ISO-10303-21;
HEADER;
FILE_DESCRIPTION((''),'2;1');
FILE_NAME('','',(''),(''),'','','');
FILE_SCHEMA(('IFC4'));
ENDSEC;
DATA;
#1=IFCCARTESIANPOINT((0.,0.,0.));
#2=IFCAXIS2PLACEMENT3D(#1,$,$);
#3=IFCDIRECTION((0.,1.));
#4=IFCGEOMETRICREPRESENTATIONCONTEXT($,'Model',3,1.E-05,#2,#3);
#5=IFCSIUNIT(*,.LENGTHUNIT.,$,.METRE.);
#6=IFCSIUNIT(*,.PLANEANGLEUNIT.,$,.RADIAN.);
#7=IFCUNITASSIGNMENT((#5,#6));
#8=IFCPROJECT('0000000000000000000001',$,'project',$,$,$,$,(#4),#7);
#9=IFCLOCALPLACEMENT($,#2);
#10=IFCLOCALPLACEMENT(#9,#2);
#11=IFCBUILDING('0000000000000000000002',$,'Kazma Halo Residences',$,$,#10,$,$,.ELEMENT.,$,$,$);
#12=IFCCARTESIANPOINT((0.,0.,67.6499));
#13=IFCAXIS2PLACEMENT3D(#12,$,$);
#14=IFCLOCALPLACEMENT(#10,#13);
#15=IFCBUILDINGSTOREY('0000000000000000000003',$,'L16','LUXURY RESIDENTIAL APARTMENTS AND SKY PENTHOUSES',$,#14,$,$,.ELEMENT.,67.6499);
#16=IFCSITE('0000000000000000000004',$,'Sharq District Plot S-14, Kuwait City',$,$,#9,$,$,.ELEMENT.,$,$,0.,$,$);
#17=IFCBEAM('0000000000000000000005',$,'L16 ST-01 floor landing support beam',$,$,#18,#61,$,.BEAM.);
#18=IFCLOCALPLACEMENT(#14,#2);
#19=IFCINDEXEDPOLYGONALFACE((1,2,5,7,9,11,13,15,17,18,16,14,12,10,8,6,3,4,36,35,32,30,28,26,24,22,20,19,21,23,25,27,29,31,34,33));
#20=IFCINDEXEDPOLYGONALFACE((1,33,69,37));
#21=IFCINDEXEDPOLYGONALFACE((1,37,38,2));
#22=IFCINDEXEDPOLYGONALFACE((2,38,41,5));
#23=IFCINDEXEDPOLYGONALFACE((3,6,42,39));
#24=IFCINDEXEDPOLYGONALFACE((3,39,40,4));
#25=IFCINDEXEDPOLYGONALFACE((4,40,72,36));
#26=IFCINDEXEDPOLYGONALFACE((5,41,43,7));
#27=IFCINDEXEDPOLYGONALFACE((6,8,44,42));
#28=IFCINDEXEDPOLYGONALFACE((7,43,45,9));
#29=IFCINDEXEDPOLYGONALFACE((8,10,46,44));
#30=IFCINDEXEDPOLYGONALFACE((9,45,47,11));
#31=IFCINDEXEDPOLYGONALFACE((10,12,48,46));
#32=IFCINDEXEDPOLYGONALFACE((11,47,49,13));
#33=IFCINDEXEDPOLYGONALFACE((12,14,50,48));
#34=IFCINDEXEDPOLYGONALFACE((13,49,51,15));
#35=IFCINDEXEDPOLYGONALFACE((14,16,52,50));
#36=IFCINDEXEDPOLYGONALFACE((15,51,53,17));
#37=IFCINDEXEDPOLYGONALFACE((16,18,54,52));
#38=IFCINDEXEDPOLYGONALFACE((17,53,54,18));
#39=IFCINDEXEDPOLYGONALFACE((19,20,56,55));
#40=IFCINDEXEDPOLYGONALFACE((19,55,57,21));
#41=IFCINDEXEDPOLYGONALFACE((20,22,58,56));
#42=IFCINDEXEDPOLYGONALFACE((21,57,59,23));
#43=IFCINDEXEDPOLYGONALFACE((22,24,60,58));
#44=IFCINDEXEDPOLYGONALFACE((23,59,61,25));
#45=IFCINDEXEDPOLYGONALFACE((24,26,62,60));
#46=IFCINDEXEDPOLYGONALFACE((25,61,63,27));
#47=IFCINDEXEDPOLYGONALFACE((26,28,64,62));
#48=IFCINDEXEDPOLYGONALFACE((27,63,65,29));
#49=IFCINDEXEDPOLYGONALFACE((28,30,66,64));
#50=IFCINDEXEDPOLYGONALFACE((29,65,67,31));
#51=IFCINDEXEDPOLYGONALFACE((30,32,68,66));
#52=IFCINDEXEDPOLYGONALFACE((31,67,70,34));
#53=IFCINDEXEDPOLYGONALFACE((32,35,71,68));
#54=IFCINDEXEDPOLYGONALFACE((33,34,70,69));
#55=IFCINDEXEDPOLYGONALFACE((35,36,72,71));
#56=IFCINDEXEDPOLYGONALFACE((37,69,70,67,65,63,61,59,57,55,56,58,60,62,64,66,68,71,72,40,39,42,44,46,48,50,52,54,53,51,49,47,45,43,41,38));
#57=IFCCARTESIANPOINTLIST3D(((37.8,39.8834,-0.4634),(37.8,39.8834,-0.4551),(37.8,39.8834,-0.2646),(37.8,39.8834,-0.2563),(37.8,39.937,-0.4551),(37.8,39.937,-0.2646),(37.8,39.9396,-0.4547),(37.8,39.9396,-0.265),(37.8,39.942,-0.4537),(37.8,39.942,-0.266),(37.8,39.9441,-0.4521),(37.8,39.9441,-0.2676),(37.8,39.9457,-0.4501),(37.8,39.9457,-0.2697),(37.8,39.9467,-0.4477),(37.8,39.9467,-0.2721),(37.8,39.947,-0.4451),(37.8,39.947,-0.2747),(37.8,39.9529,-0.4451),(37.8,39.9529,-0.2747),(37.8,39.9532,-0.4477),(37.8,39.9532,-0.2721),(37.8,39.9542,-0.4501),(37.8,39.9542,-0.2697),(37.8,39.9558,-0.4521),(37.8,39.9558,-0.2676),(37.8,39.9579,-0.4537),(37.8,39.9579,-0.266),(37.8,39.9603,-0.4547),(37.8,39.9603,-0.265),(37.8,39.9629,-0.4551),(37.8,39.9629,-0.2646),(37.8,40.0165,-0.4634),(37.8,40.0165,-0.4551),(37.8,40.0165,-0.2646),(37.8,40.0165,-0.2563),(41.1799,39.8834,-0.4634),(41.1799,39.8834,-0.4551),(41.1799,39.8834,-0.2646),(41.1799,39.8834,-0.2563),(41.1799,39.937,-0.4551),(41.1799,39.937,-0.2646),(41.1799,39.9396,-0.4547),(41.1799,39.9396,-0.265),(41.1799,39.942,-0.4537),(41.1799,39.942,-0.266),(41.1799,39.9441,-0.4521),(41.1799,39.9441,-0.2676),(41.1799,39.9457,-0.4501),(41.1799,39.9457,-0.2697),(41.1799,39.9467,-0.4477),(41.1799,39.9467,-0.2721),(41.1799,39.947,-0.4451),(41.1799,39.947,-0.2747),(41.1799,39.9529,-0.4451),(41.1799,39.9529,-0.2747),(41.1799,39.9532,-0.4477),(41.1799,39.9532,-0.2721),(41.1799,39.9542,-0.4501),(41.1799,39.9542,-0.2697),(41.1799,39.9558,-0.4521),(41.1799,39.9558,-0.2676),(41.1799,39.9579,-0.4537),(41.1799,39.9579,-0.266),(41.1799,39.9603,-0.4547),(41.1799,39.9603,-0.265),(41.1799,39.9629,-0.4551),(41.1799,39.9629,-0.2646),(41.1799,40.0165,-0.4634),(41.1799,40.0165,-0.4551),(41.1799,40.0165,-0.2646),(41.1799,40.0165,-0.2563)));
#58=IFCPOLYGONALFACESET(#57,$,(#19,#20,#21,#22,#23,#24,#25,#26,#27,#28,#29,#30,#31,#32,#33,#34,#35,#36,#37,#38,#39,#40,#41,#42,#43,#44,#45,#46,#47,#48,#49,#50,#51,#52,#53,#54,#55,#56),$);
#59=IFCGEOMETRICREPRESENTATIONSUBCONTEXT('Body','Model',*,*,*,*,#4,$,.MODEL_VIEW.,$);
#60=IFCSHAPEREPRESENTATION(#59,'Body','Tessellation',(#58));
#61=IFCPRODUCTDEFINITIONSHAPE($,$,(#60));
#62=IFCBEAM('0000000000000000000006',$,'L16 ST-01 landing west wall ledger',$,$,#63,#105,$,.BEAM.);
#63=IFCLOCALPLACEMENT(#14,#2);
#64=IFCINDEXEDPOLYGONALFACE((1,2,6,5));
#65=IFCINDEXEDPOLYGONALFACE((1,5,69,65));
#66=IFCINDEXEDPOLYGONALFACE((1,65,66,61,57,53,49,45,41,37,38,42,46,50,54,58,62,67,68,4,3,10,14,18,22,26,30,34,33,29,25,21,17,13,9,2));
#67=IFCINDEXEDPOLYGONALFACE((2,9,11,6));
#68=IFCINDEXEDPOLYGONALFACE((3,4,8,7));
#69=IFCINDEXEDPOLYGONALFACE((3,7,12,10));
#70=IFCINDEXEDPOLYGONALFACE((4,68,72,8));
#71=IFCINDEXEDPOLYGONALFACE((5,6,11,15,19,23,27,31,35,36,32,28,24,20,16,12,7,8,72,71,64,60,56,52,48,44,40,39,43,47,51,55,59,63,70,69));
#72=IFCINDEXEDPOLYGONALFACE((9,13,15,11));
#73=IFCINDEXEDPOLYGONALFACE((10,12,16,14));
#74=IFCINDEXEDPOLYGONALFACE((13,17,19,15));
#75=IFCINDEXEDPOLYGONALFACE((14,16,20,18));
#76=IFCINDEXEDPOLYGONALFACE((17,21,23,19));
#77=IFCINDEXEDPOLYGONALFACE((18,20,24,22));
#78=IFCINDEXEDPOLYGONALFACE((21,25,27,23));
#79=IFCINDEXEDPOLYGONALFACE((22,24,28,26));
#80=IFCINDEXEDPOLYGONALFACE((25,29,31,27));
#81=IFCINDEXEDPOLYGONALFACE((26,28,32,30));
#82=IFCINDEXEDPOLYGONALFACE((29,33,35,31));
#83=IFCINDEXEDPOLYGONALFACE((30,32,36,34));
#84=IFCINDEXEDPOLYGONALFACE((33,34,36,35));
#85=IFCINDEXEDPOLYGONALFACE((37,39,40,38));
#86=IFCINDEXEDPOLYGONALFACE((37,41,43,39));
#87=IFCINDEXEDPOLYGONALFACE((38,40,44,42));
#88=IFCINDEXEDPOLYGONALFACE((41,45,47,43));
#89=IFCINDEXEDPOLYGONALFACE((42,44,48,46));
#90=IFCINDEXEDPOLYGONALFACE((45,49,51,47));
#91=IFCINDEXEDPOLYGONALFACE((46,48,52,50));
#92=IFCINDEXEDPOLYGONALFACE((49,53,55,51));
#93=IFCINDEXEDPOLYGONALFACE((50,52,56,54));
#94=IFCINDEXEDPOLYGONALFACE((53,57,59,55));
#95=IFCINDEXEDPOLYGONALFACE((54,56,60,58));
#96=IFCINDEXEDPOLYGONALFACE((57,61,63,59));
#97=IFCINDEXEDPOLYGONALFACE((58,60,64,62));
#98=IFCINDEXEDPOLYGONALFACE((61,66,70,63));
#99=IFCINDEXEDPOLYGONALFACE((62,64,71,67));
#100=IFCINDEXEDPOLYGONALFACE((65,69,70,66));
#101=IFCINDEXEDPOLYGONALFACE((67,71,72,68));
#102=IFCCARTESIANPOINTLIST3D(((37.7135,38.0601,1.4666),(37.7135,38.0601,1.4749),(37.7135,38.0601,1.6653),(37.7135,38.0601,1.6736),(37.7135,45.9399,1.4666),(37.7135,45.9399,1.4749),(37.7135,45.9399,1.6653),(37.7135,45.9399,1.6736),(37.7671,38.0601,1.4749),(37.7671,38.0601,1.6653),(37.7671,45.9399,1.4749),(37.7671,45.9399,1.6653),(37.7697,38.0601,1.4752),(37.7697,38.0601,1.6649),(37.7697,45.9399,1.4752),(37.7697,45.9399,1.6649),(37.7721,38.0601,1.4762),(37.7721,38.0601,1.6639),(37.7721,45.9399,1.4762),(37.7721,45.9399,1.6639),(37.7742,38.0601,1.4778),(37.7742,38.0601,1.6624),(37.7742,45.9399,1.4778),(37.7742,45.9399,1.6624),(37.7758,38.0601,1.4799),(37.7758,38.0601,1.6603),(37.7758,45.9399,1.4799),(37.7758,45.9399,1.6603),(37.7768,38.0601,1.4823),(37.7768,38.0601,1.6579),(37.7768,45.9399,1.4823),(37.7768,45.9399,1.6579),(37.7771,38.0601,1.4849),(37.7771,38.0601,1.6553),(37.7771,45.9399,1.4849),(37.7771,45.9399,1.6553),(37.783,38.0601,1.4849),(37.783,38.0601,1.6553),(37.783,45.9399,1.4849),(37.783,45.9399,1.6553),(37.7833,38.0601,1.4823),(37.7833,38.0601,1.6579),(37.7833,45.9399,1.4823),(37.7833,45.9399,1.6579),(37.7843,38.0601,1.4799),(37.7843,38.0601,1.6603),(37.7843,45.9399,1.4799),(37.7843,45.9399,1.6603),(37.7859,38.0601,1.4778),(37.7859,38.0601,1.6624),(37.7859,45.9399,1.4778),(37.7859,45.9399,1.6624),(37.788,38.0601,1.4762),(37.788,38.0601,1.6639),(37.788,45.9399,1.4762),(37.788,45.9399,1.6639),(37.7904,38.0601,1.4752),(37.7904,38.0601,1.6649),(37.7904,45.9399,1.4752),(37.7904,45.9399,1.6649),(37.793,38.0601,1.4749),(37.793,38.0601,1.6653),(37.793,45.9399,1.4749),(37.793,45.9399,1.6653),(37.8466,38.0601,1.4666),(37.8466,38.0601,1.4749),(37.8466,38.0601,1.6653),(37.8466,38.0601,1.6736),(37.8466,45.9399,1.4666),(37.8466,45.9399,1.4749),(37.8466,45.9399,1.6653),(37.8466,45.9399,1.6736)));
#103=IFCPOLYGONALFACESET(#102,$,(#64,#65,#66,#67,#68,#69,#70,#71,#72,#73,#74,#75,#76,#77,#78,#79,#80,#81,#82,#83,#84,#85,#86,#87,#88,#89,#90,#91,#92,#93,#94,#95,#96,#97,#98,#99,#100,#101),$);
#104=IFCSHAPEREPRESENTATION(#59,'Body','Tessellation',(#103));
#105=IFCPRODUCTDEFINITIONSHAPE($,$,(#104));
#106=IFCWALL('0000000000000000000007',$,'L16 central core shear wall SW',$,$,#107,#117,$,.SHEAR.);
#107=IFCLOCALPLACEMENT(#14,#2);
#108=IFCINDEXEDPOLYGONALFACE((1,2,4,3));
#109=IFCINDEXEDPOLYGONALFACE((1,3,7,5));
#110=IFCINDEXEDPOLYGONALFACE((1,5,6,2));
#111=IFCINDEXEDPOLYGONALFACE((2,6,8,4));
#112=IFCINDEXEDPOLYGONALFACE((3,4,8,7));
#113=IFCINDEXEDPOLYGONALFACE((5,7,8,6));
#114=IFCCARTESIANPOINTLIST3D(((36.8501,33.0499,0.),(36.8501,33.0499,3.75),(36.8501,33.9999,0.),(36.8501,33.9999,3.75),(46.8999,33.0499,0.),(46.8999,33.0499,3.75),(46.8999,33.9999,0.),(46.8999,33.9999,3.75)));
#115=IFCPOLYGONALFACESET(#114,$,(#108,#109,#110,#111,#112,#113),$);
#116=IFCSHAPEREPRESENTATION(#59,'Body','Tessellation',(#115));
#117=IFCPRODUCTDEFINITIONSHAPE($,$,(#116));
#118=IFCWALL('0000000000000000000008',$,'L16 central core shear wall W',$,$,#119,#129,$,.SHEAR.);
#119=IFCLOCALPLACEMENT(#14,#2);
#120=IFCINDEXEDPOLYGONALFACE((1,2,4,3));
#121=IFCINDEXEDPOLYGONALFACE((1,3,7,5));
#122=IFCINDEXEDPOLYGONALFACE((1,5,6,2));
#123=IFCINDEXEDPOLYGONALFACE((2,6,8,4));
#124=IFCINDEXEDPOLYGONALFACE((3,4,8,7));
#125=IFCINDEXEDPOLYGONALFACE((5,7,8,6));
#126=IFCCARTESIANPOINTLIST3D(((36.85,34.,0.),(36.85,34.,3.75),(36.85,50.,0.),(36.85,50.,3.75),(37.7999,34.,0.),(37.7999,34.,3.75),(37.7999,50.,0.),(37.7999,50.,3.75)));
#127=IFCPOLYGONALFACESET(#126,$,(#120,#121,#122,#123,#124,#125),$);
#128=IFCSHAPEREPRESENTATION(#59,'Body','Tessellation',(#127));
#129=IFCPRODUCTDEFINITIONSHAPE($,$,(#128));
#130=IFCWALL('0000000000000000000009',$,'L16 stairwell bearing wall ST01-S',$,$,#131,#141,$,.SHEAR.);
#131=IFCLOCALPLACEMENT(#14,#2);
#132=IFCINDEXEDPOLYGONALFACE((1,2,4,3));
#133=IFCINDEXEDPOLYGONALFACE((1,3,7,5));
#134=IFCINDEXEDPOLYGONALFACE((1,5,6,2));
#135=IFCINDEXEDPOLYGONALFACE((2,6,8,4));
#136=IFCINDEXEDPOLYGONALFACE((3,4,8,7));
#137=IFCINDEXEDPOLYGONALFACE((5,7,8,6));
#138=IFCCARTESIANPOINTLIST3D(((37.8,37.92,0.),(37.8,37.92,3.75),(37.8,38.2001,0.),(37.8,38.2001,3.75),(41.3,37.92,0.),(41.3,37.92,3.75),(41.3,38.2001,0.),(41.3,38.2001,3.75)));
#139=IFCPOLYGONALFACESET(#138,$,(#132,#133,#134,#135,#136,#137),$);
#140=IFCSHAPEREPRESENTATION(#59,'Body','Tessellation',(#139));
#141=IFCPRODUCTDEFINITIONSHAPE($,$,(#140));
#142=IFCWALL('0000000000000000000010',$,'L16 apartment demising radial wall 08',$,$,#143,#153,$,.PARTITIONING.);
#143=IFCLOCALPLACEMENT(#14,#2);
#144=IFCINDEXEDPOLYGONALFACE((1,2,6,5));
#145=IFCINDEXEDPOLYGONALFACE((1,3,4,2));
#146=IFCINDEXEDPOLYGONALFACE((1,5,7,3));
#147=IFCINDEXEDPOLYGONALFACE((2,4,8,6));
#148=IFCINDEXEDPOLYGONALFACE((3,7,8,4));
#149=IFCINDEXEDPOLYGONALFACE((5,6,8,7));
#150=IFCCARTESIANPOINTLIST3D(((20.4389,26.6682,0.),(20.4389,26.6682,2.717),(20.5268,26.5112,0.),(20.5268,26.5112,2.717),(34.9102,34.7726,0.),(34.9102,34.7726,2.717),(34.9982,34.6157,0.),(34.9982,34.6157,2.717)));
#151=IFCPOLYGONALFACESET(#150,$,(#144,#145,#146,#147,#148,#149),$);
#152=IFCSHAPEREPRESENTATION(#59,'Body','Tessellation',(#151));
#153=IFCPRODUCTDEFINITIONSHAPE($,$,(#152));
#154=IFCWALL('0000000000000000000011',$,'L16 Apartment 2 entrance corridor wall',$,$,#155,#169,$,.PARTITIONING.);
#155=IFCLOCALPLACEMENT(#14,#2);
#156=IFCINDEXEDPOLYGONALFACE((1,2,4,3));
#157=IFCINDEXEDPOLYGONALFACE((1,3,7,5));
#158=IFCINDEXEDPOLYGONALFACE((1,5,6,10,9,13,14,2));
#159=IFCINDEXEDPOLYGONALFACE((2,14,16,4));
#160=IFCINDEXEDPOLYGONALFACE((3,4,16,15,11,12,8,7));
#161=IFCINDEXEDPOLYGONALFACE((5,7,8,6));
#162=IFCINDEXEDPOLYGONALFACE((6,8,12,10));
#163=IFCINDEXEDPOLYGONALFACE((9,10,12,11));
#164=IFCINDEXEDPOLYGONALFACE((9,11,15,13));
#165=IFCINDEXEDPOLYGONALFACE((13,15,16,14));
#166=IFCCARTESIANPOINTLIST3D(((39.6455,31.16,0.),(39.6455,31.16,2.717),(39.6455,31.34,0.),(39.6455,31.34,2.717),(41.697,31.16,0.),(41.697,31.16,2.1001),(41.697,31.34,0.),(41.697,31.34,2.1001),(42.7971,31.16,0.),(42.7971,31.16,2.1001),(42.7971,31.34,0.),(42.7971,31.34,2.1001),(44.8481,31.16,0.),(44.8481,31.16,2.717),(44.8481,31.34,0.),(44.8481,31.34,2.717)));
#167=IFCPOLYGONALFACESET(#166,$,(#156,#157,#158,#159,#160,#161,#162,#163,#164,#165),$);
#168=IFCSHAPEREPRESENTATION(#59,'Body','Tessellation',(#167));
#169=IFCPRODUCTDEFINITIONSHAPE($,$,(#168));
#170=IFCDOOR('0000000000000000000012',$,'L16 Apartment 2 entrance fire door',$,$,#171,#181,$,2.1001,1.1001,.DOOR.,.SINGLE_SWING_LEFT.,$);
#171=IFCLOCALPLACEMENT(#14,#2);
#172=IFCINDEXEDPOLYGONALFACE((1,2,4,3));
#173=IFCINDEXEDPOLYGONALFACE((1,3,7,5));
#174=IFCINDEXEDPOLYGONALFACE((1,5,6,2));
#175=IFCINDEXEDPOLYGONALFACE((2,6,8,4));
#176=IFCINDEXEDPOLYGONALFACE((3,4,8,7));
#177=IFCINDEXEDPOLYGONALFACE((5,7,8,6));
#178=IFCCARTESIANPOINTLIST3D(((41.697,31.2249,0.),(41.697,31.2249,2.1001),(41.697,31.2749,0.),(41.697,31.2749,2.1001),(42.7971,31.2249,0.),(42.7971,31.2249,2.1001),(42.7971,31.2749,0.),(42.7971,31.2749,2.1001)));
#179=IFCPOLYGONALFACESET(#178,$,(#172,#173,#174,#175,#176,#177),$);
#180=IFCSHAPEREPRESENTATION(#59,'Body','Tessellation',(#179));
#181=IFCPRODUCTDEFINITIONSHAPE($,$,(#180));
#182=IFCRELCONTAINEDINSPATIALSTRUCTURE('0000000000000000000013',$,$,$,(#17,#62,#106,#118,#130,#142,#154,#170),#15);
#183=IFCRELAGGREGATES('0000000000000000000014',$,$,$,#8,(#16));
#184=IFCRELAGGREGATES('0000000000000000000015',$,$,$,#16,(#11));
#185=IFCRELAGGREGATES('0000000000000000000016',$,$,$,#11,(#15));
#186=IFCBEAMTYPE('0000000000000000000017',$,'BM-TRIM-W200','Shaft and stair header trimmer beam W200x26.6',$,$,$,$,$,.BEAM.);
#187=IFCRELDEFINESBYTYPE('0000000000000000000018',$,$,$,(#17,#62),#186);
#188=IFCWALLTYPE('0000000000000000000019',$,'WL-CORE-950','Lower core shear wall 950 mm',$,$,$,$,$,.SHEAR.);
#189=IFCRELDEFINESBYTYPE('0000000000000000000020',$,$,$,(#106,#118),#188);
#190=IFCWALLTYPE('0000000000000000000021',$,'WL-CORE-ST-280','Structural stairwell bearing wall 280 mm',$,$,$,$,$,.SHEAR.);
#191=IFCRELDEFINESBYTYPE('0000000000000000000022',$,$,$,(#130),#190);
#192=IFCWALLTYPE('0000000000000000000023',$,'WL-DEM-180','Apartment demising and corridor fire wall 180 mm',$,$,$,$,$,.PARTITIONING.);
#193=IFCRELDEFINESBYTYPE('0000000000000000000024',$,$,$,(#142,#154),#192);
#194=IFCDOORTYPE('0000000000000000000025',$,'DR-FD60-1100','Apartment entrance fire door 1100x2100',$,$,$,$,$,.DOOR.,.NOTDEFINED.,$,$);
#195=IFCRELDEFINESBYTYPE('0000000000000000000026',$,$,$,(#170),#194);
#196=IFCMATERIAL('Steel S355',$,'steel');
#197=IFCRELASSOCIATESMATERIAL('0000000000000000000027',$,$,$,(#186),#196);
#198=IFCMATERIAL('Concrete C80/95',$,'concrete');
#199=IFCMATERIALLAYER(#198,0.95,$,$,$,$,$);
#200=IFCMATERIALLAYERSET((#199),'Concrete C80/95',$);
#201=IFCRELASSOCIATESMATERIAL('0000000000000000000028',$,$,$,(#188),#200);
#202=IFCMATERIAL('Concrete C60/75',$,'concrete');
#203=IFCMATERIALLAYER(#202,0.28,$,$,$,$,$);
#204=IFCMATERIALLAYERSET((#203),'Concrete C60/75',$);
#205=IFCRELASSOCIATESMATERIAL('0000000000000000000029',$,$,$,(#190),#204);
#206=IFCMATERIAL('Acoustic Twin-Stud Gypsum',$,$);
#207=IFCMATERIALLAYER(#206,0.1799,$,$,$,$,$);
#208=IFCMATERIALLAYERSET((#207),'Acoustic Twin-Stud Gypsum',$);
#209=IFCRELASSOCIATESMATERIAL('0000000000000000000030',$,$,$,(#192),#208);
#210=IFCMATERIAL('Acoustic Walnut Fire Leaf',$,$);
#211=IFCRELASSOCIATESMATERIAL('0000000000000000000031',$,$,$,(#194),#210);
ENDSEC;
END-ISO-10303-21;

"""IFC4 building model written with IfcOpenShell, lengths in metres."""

from ifc_helpers import new_model, si_unit, direction, frame, frame_2d, origin, origin_2d, place, context, subcontext, project, spatial, rectangle, i_section, extrude, material, layer, layer_set, material_profile, profile_set, type_object, element, fill, save


model = new_model("IFC4")

# Units and contexts
model_context = context("Model", 3, precision=1e-05, world=origin(), true_north=direction((0.0, 1.0)))
body_context = subcontext(model_context, "Body", "Model", "MODEL_VIEW")
ifc_project = project(units=[si_unit("LENGTHUNIT", "METRE"), si_unit("PLANEANGLEUNIT", "RADIAN")], contexts=[model_context])

# Site, building, storey
site_placement = place(None, origin())
site = spatial("IfcSite", under=ifc_project, at=site_placement, Name="Sharq District Plot S-14, Kuwait City", CompositionType="ELEMENT", RefElevation=0.0)
building_placement = place(site_placement, origin())
building = spatial("IfcBuilding", under=site, at=building_placement, Name="Kazma Halo Residences", CompositionType="ELEMENT")
storey_placement = place(building_placement, frame((0.0, 0.0, 67.6499)))
storey = spatial("IfcBuildingStorey", under=building, at=storey_placement, Name="L16", Description="LUXURY RESIDENTIAL APARTMENTS AND SKY PENTHOUSES", CompositionType="ELEMENT", Elevation=67.6499)

# Beams
ifc_material_1 = material(Name="Steel S355", Category="steel")
ifc_material_profile_1 = material_profile(ifc_material_1, i_section(OverallWidth=0.1331, OverallDepth=0.207, WebThickness=0.0059, FlangeThickness=0.0083, FilletRadius=0.01, at=origin_2d()), Name="W200x26.6")
ifc_profile_set_1 = profile_set([ifc_material_profile_1], Name="Steel S355")
beam_type_1 = type_object("IfcBeamType", Name="BM-TRIM-W200", Description="Shaft and stair header trimmer beam W200x26.6", PredefinedType="BEAM", material=ifc_profile_set_1)
beam_1_placement = place(storey_placement, frame((37.8, 39.95, -0.3599), z_axis=(1.0, 0.0, 0.0), x_axis=(0.0, 1.0, 0.0)))
element("IfcBeam", 1, at=beam_1_placement, inside=storey, type_object=beam_type_1, Name="L16 ST-01 floor landing support beam", PredefinedType="BEAM", context=body_context, shape_type="SweptSolid", body=[
    extrude(i_section(OverallWidth=0.1331, OverallDepth=0.207, WebThickness=0.0059, FlangeThickness=0.0083, FilletRadius=0.01, at=origin_2d()), origin(), (0.0, 0.0, 1.0), 3.3799),
])
beam_2_placement = place(storey_placement, frame((37.78, 38.0601, 1.5701), z_axis=(0.0, 1.0, 0.0), x_axis=(-1.0, 0.0, 0.0)))
element("IfcBeam", 2, at=beam_2_placement, inside=storey, type_object=beam_type_1, Name="L16 ST-01 landing west wall ledger", PredefinedType="BEAM", context=body_context, shape_type="SweptSolid", body=[
    extrude(i_section(OverallWidth=0.1331, OverallDepth=0.207, WebThickness=0.0059, FlangeThickness=0.0083, FilletRadius=0.01, at=origin_2d()), origin(), (0.0, 0.0, 1.0), 7.8799),
])

# Walls
ifc_material_2 = material(Name="Concrete C80/95", Category="concrete")
ifc_layer_1 = layer(ifc_material_2, 0.95)
ifc_layer_set_1 = layer_set([ifc_layer_1], Name="Concrete C80/95")
wall_type_1 = type_object("IfcWallType", Name="WL-CORE-950", Description="Lower core shear wall 950 mm", PredefinedType="SHEAR", material=ifc_layer_set_1)
wall_1_placement = place(storey_placement, frame((36.8501, 33.5249, 0.0), z_axis=(0.0, 0.0, 1.0), x_axis=(1.0, 0.0, 0.0)))
element("IfcWall", 3, at=wall_1_placement, inside=storey, type_object=wall_type_1, Name="L16 central core shear wall SW", PredefinedType="SHEAR", context=body_context, shape_type="SweptSolid", body=[
    extrude(rectangle(XDim=10.0498, YDim=0.95, at=frame_2d((5.0249, 0.0))), origin(), (0.0, 0.0, 1.0), 3.75),
])
wall_2_placement = place(storey_placement, frame((37.325, 34.0, 0.0), z_axis=(0.0, 0.0, 1.0), x_axis=(0.0, 1.0, 0.0)))
element("IfcWall", 4, at=wall_2_placement, inside=storey, type_object=wall_type_1, Name="L16 central core shear wall W", PredefinedType="SHEAR", context=body_context, shape_type="SweptSolid", body=[
    extrude(rectangle(XDim=16.0, YDim=0.95, at=frame_2d((8.0, 0.0))), origin(), (0.0, 0.0, 1.0), 3.75),
])
ifc_material_3 = material(Name="Concrete C60/75", Category="concrete")
ifc_layer_2 = layer(ifc_material_3, 0.28)
ifc_layer_set_2 = layer_set([ifc_layer_2], Name="Concrete C60/75")
wall_type_2 = type_object("IfcWallType", Name="WL-CORE-ST-280", Description="Structural stairwell bearing wall 280 mm", PredefinedType="SHEAR", material=ifc_layer_set_2)
wall_3_placement = place(storey_placement, frame((37.8, 38.0601, 0.0), z_axis=(0.0, 0.0, 1.0), x_axis=(1.0, 0.0, 0.0)))
element("IfcWall", 5, at=wall_3_placement, inside=storey, type_object=wall_type_2, Name="L16 stairwell bearing wall ST01-S", PredefinedType="SHEAR", context=body_context, shape_type="SweptSolid", body=[
    extrude(rectangle(XDim=3.5, YDim=0.28, at=frame_2d((1.75, 0.0))), origin(), (0.0, 0.0, 1.0), 3.75),
])
ifc_material_4 = material(Name="Acoustic Twin-Stud Gypsum")
ifc_layer_3 = layer(ifc_material_4, 0.1799)
ifc_layer_set_3 = layer_set([ifc_layer_3], Name="Acoustic Twin-Stud Gypsum")
wall_type_3 = type_object("IfcWallType", Name="WL-DEM-180", Description="Apartment demising and corridor fire wall 180 mm", PredefinedType="PARTITIONING", material=ifc_layer_set_3)
wall_4_placement = place(storey_placement, frame((34.9541, 34.6941, 0.0), z_axis=(0.0, 0.0, 1.0), x_axis=(-0.872493, -0.488626, 0.0)))
element("IfcWall", 6, at=wall_4_placement, inside=storey, type_object=wall_type_3, Name="L16 apartment demising radial wall 08", PredefinedType="PARTITIONING", context=body_context, shape_type="SweptSolid", body=[
    extrude(rectangle(XDim=16.5862, YDim=0.1799, at=frame_2d((8.293, 0.0))), origin(), (0.0, 0.0, 1.0), 2.717),
])

# Wall, opening, door
wall_5_placement = place(storey_placement, frame((39.6455, 31.25, 0.0), z_axis=(0.0, 0.0, 1.0), x_axis=(1.0, 0.0, 0.0)))
wall_5 = element("IfcWall", 7, at=wall_5_placement, inside=storey, type_object=wall_type_3, Name="L16 Apartment 2 entrance corridor wall", PredefinedType="PARTITIONING", context=body_context, shape_type="SweptSolid", body=[
    extrude(rectangle(XDim=5.2026, YDim=0.1799, at=frame_2d((2.6013, 0.0))), origin(), (0.0, 0.0, 1.0), 2.717),
])
opening_1_placement = place(wall_5_placement, frame((2.0515, 0.0, 0.0)))
opening_1 = element("IfcOpeningElement", 8, at=opening_1_placement, cuts=wall_5, PredefinedType="OPENING", context=body_context, shape_type="SweptSolid", body=[
    extrude(rectangle(XDim=1.1001, YDim=2.1001, at=frame_2d((0.55, 1.05))), frame((0.0, 0.0999, 0.0), z_axis=(0.0, -1.0, 0.0), x_axis=(1.0, 0.0, 0.0)), (0.0, 0.0, 1.0), 0.2),
])
ifc_material_5 = material(Name="Acoustic Walnut Fire Leaf")
door_type_1 = type_object("IfcDoorType", Name="DR-FD60-1100", Description="Apartment entrance fire door 1100x2100", OperationType="NOTDEFINED", PredefinedType="DOOR", material=ifc_material_5)
door_1_placement = place(opening_1_placement, origin())
door_1 = element("IfcDoor", 9, at=door_1_placement, inside=storey, type_object=door_type_1, Name="L16 Apartment 2 entrance fire door", OperationType="SINGLE_SWING_LEFT", OverallHeight=2.1001, OverallWidth=1.1001, PredefinedType="DOOR", context=body_context, shape_type="SweptSolid", body=[
    extrude(rectangle(XDim=1.1001, YDim=2.1001, at=frame_2d((0.55, 1.05))), frame((0.0, 0.0249, 0.0), z_axis=(0.0, -1.0, 0.0), x_axis=(1.0, 0.0, 0.0)), (0.0, 0.0, 1.0), 0.05),
])
fill(opening_1, door_1)

save(model, "model.ifc")
